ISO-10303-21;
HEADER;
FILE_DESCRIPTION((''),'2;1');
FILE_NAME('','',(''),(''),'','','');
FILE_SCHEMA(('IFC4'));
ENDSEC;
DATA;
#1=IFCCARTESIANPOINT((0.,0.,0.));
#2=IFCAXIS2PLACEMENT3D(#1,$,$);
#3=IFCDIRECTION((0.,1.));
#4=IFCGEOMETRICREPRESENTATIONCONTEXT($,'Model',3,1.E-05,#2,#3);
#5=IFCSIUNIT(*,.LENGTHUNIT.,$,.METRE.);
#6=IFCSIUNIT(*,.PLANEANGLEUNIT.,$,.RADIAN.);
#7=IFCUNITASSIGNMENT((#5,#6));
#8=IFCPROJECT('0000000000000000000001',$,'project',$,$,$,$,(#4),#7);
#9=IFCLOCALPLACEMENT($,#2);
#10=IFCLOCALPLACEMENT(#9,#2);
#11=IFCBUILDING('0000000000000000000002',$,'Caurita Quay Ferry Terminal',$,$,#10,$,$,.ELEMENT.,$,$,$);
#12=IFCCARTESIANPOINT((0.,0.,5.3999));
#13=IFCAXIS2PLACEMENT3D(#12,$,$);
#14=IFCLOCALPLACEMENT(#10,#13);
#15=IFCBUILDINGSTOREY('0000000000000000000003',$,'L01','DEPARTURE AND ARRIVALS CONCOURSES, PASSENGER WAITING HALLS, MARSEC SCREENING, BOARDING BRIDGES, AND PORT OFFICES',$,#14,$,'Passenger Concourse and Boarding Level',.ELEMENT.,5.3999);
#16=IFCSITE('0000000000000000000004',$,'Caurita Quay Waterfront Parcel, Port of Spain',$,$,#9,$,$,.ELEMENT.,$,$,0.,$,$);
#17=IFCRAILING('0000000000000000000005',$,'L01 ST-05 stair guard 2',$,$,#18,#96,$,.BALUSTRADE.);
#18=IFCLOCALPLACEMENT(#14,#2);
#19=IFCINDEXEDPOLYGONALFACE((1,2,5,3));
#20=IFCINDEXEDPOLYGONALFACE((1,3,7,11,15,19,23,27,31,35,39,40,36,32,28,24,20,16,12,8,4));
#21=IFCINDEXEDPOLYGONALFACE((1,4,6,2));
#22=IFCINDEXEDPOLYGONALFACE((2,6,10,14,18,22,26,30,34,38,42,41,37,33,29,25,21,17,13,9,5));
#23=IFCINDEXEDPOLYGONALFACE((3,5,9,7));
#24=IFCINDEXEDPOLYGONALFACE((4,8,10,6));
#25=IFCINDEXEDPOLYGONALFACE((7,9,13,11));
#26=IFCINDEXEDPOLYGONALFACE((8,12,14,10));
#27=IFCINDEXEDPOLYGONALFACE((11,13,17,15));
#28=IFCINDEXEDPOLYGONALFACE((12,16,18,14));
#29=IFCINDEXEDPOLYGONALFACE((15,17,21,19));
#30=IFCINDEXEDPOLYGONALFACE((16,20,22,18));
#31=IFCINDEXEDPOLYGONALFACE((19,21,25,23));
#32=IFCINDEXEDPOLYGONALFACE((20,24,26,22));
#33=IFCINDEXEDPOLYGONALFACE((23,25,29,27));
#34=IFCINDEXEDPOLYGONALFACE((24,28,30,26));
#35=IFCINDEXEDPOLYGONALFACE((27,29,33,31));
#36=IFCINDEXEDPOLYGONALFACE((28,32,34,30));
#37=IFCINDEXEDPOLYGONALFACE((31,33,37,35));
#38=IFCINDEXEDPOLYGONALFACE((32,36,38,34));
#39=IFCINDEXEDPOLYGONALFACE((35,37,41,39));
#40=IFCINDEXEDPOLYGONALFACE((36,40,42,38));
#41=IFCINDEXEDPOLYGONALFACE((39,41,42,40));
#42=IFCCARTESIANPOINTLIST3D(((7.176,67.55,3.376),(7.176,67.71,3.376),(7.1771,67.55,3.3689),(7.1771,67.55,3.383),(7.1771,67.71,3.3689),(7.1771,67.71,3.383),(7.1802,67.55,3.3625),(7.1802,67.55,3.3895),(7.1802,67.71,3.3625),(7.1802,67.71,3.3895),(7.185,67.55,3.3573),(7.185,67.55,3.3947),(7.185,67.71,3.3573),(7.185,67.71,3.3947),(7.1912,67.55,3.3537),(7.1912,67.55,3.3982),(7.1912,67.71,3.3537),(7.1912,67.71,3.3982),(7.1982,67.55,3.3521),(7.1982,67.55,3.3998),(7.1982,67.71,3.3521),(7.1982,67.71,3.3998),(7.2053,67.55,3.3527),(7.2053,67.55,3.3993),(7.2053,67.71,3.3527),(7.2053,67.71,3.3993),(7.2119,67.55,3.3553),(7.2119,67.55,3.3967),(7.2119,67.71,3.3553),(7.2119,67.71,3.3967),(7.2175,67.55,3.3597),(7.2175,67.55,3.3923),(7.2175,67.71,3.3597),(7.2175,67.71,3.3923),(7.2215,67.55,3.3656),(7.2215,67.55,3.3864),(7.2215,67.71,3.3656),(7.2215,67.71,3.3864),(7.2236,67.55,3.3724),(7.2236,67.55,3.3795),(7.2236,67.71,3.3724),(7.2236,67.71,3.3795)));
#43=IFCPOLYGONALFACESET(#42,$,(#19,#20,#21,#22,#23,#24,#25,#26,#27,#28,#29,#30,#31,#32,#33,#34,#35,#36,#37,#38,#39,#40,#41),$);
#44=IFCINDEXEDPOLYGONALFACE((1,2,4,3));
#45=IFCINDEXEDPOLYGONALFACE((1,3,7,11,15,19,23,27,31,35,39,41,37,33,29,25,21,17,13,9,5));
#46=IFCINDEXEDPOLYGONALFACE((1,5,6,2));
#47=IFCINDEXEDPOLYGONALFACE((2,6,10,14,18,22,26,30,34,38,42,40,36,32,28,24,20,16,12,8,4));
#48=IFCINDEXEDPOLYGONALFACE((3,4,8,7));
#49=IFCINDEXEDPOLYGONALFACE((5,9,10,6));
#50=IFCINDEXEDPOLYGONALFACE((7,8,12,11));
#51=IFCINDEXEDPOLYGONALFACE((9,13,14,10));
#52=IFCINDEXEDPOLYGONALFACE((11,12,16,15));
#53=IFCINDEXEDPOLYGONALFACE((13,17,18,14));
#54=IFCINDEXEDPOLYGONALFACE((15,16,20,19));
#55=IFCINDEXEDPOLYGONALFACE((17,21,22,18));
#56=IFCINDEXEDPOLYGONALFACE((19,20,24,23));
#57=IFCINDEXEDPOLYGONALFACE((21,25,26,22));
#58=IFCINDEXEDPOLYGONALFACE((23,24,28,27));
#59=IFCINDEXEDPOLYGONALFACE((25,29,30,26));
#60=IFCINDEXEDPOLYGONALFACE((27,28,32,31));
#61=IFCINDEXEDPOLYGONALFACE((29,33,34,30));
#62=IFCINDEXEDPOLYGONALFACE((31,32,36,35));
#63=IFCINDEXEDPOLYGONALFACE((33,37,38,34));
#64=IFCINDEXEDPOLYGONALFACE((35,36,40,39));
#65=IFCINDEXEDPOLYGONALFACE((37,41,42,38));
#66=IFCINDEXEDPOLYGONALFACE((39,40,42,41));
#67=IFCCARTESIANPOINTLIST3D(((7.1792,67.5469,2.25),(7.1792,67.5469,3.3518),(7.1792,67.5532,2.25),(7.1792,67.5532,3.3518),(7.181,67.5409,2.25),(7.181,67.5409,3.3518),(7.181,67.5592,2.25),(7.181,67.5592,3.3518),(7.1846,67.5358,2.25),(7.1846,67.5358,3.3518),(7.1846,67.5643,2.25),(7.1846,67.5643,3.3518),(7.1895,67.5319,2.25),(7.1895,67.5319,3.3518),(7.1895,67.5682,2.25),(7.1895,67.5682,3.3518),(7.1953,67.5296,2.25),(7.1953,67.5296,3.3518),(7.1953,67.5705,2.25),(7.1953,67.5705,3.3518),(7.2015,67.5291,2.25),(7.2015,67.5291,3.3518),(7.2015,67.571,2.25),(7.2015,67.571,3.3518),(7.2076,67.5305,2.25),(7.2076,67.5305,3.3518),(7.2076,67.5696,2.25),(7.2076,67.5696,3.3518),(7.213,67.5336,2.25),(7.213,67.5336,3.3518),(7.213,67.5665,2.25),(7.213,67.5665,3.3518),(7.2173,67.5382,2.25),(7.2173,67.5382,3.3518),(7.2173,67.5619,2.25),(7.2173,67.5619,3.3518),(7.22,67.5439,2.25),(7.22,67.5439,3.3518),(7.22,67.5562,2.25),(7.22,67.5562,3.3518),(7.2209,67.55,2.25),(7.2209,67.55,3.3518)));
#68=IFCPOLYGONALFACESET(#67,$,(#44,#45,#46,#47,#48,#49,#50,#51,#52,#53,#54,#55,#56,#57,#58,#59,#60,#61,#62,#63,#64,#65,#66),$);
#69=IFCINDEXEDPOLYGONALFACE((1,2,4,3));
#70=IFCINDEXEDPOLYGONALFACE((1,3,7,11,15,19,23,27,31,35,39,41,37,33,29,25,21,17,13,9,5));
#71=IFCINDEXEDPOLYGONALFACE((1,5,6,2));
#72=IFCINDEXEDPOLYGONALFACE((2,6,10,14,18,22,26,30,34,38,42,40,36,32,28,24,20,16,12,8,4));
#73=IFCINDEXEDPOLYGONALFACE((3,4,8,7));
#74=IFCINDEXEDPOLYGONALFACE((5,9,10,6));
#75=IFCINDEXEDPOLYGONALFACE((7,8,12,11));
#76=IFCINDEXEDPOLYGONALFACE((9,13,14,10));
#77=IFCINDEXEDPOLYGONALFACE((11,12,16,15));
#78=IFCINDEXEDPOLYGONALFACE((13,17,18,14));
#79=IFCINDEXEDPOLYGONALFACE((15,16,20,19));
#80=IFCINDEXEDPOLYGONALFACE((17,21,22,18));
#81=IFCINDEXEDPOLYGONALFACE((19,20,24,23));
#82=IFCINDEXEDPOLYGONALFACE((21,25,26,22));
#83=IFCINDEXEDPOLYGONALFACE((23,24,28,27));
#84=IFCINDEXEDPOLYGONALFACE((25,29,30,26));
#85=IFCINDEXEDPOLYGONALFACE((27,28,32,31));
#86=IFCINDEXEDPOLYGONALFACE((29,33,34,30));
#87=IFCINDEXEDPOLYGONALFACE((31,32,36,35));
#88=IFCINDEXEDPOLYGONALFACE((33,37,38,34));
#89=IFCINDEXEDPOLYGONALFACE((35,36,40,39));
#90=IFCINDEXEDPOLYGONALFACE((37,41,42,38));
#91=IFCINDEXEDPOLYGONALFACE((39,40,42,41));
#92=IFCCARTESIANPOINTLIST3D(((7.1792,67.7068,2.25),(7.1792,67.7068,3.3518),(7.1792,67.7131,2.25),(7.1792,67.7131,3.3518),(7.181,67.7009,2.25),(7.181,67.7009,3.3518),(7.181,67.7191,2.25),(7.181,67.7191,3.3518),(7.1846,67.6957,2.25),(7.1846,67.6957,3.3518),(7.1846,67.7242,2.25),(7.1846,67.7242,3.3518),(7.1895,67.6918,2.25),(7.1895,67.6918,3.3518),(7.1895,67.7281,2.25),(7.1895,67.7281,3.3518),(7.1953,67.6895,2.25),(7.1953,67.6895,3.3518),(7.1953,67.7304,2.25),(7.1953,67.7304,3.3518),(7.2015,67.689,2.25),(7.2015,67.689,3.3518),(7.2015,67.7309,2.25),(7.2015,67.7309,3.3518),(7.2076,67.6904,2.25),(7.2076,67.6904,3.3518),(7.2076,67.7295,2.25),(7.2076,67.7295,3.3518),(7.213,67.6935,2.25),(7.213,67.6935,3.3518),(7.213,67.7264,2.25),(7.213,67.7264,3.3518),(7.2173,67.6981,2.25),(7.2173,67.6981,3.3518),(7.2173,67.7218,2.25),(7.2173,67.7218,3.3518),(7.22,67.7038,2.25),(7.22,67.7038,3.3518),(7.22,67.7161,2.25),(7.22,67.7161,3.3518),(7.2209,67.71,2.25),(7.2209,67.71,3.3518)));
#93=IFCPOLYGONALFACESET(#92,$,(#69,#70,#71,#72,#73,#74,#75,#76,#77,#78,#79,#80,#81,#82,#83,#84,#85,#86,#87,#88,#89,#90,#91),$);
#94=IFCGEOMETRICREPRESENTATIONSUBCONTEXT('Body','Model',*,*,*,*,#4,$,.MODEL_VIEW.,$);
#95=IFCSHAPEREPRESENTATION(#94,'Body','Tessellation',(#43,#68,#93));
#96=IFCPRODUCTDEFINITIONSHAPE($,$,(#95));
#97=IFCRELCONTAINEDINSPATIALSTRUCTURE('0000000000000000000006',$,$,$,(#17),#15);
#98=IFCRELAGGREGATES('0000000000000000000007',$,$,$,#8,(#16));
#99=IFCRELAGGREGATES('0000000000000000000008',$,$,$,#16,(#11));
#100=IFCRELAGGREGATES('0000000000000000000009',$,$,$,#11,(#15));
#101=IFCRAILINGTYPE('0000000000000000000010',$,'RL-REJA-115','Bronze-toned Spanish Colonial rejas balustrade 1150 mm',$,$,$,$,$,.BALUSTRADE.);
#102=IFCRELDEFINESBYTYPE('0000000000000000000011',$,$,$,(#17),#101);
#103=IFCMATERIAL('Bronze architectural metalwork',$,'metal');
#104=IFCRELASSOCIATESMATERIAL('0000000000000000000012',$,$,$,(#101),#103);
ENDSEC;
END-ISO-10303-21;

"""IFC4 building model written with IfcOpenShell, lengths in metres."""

from ifc_helpers import new_model, si_unit, direction, frame, origin, origin_2d, place, context, subcontext, project, spatial, circle, extrude, material, type_object, element, save


model = new_model("IFC4")

# Units and contexts
model_context = context("Model", 3, precision=1e-05, world=origin(), true_north=direction((0.0, 1.0)))
body_context = subcontext(model_context, "Body", "Model", "MODEL_VIEW")
ifc_project = project(units=[si_unit("LENGTHUNIT", "METRE"), si_unit("PLANEANGLEUNIT", "RADIAN")], contexts=[model_context])

# Site, building, storey
site_placement = place(None, origin())
site = spatial("IfcSite", under=ifc_project, at=site_placement, Name="Caurita Quay Waterfront Parcel, Port of Spain", CompositionType="ELEMENT", RefElevation=0.0)
building_placement = place(site_placement, origin())
building = spatial("IfcBuilding", under=site, at=building_placement, Name="Caurita Quay Ferry Terminal", CompositionType="ELEMENT")
storey_placement = place(building_placement, frame((0.0, 0.0, 5.3999)))
storey = spatial("IfcBuildingStorey", under=building, at=storey_placement, Name="L01", Description="DEPARTURE AND ARRIVALS CONCOURSES, PASSENGER WAITING HALLS, MARSEC SCREENING, BOARDING BRIDGES, AND PORT OFFICES", LongName="Passenger Concourse and Boarding Level", CompositionType="ELEMENT", Elevation=5.3999)

# Railing
ifc_material_1 = material(Name="Bronze architectural metalwork", Category="metal")
railing_type_1 = type_object("IfcRailingType", Name="RL-REJA-115", Description="Bronze-toned Spanish Colonial rejas balustrade 1150 mm", PredefinedType="BALUSTRADE", material=ifc_material_1)
railing_1_placement = place(storey_placement, frame((7.2, 67.55, 2.25)))
element("IfcRailing", 1, at=railing_1_placement, inside=storey, type_object=railing_type_1, Name="L01 ST-05 stair guard 2", PredefinedType="BALUSTRADE", context=body_context, shape_type="SweptSolid", body=[
    extrude(circle(Radius=0.0239, at=origin_2d()), frame((0.0, 0.0, 1.126), z_axis=(0.0, 1.0, 0.0), x_axis=(-1.0, 0.0, 0.0)), (0.0, 0.0, 1.0), 0.1599),
    extrude(circle(Radius=0.021, at=origin_2d()), origin(), (0.0, 0.0, 1.0), 1.1018),
    extrude(circle(Radius=0.021, at=origin_2d()), frame((0.0, 0.1599, 0.0)), (0.0, 0.0, 1.0), 1.1018),
])

save(model, "model.ifc")
